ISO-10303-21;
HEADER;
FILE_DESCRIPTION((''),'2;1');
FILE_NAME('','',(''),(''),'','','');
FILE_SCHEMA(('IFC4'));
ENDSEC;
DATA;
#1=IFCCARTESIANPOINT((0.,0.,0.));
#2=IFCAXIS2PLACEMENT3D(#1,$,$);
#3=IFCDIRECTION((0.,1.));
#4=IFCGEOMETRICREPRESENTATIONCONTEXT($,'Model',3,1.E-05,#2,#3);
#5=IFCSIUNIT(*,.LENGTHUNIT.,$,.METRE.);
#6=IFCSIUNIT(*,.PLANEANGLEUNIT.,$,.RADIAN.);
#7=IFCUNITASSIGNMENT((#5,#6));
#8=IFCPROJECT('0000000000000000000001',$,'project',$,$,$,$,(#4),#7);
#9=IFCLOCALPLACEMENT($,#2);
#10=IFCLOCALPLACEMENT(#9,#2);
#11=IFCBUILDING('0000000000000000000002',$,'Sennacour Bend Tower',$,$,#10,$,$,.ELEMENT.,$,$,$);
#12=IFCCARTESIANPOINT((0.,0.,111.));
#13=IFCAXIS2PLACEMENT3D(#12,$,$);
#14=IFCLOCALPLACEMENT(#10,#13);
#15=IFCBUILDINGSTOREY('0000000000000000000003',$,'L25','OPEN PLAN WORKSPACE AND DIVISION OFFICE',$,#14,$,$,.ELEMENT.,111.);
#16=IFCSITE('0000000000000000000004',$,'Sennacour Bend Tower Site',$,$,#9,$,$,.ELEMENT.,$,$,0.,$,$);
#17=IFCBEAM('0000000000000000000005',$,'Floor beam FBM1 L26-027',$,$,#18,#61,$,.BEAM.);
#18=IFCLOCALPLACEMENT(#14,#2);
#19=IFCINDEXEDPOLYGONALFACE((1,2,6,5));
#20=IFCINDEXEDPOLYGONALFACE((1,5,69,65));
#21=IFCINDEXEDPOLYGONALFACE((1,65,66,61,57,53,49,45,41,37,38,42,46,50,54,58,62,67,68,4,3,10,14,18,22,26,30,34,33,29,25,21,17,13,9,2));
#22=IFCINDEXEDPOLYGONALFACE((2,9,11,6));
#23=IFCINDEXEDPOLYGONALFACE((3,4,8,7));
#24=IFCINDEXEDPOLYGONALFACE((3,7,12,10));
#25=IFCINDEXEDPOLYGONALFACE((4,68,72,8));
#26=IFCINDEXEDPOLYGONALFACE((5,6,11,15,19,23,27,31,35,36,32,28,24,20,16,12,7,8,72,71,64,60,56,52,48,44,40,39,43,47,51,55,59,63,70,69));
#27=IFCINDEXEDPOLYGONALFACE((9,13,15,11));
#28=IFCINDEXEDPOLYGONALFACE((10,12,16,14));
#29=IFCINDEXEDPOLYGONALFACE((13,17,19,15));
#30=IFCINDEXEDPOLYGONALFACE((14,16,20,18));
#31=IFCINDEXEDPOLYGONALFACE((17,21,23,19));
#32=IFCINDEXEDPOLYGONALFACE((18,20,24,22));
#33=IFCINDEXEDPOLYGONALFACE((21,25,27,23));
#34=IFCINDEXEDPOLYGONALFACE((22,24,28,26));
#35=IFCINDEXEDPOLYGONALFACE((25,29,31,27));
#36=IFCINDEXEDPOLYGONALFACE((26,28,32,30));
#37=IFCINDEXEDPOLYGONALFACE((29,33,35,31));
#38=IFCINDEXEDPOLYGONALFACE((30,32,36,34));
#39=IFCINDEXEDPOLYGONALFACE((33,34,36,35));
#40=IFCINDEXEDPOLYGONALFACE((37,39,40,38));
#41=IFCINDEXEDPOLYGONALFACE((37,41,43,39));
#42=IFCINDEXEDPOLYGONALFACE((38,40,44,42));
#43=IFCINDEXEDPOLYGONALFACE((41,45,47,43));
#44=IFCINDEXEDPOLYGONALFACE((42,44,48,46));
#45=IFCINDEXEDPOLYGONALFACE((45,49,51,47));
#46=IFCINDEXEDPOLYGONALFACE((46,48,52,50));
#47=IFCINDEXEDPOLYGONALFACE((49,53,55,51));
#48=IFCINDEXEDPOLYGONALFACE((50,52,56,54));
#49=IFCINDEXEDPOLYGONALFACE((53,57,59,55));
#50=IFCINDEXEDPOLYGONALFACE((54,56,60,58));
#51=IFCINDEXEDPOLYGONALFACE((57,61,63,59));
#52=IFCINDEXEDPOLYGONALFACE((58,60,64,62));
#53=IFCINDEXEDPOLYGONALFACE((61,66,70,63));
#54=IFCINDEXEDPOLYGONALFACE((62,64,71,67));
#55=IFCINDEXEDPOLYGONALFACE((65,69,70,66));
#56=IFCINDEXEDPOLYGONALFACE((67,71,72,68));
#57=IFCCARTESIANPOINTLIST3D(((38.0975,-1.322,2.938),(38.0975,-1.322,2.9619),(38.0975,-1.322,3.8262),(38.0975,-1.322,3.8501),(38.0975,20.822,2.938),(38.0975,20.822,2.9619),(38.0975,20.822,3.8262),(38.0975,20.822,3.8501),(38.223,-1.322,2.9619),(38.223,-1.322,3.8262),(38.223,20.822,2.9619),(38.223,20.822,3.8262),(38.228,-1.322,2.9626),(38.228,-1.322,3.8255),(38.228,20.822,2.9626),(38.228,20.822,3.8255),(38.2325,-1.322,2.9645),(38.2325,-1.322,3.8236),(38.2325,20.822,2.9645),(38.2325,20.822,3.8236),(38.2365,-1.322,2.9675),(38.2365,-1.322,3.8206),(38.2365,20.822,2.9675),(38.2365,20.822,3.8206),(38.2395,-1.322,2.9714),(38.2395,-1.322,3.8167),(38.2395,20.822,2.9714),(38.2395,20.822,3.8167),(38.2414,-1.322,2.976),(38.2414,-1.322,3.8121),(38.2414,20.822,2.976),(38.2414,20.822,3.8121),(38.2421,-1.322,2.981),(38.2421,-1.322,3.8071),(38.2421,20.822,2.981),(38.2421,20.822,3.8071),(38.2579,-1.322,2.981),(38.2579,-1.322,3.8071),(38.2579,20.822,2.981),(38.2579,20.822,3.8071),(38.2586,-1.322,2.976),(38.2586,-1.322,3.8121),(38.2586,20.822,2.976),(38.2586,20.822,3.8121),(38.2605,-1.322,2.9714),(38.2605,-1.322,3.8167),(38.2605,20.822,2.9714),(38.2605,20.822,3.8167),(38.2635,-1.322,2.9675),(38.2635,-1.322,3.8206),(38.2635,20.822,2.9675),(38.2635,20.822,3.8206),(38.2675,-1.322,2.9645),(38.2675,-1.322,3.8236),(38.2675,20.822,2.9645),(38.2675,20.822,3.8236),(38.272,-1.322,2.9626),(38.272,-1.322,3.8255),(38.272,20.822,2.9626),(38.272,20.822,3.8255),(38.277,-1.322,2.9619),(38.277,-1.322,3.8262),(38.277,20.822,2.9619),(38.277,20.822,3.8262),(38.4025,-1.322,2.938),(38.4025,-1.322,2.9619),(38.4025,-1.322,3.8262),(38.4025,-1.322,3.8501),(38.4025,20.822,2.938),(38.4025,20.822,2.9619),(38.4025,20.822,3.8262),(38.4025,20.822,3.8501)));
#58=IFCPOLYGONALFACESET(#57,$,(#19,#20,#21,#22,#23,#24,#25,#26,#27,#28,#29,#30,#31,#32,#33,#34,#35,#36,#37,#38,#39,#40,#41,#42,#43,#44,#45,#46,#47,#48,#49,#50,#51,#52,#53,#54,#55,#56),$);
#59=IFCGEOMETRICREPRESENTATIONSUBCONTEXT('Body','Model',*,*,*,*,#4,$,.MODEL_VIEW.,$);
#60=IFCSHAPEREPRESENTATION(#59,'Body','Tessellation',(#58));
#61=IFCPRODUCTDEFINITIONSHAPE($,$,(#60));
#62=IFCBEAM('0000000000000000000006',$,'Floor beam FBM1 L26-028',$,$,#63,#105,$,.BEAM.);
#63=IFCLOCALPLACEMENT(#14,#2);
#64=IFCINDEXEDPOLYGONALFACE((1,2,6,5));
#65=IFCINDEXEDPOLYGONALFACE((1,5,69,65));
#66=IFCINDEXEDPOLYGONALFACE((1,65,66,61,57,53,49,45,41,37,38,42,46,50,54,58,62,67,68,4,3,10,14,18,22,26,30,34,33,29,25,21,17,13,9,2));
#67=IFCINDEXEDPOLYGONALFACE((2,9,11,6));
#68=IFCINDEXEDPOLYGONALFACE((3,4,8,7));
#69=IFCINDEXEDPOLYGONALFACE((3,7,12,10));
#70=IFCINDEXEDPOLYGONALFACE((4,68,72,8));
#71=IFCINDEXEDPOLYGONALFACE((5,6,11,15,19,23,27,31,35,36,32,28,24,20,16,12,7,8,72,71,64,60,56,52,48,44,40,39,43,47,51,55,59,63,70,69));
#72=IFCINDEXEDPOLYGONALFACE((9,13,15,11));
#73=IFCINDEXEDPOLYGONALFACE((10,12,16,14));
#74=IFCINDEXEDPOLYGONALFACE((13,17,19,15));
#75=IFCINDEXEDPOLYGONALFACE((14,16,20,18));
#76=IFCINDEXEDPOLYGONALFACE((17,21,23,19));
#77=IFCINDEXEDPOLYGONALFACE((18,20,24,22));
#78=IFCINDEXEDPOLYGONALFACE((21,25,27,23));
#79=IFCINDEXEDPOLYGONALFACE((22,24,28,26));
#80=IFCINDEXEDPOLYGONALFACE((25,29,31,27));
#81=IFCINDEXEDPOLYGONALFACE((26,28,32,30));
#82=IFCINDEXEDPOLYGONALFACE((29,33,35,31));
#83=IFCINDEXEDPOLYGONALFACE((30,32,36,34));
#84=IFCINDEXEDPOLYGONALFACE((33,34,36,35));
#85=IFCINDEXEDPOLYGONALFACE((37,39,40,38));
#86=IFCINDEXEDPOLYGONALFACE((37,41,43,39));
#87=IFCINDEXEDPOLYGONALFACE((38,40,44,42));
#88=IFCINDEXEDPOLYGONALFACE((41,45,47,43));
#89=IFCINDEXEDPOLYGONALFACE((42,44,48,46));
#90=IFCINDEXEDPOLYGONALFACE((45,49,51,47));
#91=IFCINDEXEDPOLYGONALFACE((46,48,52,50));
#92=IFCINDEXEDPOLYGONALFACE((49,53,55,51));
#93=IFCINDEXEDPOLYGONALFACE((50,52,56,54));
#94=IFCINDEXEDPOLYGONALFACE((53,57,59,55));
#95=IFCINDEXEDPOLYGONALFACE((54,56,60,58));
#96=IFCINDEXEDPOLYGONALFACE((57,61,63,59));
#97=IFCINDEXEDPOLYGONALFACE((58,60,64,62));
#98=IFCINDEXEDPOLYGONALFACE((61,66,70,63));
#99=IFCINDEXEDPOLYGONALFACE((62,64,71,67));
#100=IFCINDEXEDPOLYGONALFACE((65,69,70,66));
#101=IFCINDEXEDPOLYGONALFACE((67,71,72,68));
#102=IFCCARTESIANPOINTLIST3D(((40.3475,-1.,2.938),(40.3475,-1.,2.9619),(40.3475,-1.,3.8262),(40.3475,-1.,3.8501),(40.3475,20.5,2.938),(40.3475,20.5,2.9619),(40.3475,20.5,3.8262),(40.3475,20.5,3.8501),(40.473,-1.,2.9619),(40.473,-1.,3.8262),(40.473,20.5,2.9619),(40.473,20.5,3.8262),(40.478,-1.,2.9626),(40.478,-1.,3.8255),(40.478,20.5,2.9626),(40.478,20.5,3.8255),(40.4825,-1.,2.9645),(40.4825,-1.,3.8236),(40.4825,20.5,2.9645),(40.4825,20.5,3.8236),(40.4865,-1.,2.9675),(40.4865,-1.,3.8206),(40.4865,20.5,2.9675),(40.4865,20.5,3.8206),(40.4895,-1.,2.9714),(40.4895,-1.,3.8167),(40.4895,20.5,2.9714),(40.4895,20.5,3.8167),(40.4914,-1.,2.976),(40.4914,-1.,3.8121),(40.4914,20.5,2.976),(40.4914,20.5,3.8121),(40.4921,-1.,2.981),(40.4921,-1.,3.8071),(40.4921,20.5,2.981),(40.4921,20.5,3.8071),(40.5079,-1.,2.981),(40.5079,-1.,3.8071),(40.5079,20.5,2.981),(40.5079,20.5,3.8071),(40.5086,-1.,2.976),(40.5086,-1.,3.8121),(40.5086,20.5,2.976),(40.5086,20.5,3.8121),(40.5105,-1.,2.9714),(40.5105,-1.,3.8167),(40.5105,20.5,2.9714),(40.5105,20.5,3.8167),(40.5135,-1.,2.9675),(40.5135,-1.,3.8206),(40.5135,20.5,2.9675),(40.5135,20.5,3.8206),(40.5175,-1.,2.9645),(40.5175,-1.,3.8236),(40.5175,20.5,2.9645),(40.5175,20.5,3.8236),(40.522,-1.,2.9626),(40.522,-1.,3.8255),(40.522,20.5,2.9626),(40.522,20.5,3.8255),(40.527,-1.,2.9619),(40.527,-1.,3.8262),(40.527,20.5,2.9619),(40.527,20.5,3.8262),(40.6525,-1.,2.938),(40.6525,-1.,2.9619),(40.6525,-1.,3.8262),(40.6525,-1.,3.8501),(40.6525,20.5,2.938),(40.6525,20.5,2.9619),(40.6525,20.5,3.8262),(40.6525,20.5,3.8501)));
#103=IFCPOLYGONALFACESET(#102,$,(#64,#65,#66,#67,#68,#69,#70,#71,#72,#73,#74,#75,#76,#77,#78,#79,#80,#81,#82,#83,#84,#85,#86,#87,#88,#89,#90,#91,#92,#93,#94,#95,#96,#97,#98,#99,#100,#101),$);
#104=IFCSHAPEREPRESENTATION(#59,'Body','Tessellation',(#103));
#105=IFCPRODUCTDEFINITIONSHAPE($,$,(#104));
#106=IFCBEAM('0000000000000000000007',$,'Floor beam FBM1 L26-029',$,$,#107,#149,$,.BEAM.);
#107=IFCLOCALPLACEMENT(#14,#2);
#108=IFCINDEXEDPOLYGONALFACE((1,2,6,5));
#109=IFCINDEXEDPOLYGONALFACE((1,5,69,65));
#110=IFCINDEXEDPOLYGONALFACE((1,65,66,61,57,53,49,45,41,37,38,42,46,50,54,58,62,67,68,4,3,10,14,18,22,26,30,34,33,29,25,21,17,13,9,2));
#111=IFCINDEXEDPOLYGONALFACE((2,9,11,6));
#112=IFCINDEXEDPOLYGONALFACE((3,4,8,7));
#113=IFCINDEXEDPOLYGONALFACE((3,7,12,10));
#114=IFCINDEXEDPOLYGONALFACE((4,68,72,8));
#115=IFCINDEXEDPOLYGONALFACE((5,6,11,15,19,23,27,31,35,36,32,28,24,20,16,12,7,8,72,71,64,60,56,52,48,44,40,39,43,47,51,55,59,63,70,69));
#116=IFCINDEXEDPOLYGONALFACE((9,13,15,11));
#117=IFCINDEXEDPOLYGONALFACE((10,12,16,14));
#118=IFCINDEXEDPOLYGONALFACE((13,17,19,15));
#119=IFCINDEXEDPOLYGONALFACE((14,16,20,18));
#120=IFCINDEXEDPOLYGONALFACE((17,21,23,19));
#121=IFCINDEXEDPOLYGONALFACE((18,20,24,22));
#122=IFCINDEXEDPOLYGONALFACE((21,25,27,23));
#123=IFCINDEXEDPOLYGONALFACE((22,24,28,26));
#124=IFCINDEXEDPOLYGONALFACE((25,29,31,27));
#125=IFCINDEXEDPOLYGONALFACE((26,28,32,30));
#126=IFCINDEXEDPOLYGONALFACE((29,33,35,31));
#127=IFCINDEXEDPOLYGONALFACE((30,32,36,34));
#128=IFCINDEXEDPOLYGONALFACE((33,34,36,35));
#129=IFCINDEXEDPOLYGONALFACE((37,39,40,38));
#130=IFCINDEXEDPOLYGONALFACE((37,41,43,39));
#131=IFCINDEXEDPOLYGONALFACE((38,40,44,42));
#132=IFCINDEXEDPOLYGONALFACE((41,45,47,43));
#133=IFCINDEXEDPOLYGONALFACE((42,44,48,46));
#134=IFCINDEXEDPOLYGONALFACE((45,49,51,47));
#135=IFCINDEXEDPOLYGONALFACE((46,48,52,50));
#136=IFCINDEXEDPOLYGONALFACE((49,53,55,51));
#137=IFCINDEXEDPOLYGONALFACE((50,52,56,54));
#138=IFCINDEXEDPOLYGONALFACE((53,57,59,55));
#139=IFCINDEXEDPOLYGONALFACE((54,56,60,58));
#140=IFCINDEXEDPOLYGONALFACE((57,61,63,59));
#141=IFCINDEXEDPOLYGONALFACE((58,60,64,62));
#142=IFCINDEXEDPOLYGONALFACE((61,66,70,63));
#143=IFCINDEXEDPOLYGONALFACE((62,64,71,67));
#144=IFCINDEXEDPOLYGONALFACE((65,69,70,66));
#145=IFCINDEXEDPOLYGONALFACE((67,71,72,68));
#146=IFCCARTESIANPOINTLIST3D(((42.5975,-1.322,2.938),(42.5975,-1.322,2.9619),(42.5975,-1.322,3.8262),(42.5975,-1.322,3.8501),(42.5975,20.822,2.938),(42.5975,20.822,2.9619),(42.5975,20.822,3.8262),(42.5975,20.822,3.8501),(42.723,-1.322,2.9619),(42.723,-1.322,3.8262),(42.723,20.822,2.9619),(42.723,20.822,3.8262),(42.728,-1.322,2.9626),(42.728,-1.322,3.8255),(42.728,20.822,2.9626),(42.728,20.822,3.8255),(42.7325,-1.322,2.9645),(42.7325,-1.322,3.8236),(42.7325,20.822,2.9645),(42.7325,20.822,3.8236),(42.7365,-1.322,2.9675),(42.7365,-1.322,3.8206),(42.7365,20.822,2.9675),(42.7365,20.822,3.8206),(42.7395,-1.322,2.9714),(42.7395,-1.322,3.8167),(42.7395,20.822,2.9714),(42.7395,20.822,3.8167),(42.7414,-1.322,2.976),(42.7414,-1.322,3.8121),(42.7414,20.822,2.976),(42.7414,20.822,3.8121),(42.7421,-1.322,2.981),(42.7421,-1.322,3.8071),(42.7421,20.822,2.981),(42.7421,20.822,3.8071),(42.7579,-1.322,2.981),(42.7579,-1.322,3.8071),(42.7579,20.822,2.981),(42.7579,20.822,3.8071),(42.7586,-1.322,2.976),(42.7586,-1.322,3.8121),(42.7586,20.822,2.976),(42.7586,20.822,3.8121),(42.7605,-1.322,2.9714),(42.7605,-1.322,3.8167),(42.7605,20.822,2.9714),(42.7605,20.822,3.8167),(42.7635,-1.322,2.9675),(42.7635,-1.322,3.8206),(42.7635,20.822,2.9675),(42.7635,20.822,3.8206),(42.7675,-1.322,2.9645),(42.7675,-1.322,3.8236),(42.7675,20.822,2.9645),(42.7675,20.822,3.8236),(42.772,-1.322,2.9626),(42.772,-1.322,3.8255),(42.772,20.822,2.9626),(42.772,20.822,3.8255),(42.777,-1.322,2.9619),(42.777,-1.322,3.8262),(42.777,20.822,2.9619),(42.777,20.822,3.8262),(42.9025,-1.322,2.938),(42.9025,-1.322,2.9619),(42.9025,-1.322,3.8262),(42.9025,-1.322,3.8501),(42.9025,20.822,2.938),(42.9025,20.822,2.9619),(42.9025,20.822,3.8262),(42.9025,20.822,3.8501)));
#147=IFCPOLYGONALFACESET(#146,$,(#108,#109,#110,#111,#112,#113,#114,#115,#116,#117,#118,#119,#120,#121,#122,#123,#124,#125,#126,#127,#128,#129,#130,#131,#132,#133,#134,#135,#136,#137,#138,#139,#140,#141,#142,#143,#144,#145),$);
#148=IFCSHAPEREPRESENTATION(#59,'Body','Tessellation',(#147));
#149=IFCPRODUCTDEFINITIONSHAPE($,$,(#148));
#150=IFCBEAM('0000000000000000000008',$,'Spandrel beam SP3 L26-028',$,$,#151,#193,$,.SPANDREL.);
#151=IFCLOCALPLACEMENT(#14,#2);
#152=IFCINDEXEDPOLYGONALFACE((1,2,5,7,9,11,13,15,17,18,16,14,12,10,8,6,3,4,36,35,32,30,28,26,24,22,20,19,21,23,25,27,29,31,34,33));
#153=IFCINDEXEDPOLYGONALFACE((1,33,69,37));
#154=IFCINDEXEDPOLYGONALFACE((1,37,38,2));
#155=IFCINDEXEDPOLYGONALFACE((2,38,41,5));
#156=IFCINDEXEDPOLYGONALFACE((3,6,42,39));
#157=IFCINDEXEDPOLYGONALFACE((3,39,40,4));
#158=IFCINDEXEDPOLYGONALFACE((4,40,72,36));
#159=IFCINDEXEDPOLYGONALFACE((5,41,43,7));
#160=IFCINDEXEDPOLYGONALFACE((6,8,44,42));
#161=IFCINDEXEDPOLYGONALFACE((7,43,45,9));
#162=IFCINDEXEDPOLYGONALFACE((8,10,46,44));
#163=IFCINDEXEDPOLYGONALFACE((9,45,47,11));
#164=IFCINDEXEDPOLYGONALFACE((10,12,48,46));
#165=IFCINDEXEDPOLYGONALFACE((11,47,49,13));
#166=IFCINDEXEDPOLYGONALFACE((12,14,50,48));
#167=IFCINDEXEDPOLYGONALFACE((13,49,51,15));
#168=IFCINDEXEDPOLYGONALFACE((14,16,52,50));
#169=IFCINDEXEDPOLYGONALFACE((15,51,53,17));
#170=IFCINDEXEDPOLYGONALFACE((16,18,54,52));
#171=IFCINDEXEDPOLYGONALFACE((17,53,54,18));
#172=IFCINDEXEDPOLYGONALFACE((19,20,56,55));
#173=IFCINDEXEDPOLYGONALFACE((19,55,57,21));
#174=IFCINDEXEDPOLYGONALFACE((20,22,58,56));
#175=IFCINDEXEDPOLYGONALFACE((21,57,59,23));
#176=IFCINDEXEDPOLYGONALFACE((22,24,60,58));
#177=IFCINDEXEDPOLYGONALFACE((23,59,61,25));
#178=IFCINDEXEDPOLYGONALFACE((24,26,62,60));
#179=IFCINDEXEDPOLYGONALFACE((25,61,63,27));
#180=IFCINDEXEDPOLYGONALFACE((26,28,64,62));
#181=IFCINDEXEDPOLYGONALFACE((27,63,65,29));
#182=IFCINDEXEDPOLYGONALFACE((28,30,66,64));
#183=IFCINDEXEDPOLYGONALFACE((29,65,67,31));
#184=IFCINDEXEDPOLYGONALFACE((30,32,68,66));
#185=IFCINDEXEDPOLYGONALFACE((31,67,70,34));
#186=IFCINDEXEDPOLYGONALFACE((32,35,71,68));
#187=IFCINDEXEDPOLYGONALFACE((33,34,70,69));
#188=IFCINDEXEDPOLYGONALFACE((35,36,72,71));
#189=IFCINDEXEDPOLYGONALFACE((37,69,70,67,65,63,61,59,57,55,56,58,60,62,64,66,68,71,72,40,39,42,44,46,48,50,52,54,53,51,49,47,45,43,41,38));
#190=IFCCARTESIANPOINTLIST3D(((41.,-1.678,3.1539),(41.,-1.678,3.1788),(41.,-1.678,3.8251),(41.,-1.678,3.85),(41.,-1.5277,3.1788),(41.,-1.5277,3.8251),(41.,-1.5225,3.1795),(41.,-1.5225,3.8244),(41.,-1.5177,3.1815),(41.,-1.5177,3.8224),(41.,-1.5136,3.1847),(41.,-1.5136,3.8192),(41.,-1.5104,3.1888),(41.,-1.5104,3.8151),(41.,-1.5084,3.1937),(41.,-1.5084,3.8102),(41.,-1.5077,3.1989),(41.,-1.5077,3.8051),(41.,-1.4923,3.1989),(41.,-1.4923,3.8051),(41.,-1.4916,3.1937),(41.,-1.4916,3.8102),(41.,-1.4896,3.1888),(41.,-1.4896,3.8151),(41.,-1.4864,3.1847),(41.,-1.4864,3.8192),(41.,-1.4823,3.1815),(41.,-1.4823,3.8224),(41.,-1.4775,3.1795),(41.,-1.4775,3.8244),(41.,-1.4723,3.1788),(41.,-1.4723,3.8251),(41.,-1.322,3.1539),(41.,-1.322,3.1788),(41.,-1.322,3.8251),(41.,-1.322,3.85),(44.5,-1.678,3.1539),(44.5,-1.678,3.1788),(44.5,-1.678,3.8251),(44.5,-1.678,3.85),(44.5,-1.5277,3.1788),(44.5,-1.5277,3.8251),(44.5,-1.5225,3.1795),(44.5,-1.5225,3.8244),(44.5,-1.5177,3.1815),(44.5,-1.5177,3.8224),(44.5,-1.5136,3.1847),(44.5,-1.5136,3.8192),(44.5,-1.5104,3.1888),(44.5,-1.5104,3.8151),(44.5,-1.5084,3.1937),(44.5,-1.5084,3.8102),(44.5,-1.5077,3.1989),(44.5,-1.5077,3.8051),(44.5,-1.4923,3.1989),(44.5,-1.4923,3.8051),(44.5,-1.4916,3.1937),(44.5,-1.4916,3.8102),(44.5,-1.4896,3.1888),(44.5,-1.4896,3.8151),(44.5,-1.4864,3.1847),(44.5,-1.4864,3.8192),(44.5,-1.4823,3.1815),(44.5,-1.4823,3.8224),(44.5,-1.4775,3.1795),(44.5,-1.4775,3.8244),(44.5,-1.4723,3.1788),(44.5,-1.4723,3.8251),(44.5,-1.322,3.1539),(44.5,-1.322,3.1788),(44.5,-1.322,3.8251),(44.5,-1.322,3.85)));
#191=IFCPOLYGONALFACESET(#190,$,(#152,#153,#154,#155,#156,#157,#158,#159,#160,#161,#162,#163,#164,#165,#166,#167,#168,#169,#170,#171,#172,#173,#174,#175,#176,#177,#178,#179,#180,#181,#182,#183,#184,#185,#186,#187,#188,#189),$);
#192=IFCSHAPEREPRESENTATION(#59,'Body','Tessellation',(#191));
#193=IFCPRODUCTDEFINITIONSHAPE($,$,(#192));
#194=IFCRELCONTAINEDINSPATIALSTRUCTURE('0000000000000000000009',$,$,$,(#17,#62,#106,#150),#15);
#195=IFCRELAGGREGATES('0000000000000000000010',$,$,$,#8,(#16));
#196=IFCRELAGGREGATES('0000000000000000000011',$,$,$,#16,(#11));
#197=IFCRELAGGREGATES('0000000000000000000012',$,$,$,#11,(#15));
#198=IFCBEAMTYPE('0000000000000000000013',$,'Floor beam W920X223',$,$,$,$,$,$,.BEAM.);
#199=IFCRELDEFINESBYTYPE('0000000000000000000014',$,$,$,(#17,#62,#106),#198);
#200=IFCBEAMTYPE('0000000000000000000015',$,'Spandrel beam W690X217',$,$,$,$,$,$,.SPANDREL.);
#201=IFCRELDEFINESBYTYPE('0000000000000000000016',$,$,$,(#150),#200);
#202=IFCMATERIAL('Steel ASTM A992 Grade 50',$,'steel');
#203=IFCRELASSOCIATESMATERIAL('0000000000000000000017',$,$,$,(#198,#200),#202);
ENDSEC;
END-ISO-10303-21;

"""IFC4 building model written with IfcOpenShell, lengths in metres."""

from ifc_helpers import new_model, si_unit, direction, frame, origin, origin_2d, place, context, subcontext, project, spatial, i_section, extrude, material, material_profile, profile_set, type_object, element, save


model = new_model("IFC4")

# Units and contexts
model_context = context("Model", 3, precision=1e-05, world=origin(), true_north=direction((0.0, 1.0)))
body_context = subcontext(model_context, "Body", "Model", "MODEL_VIEW")
ifc_project = project(units=[si_unit("LENGTHUNIT", "METRE"), si_unit("PLANEANGLEUNIT", "RADIAN")], contexts=[model_context])

# Site, building, storey
site_placement = place(None, origin())
site = spatial("IfcSite", under=ifc_project, at=site_placement, Name="Sennacour Bend Tower Site", CompositionType="ELEMENT", RefElevation=0.0)
building_placement = place(site_placement, origin())
building = spatial("IfcBuilding", under=site, at=building_placement, Name="Sennacour Bend Tower", CompositionType="ELEMENT")
storey_placement = place(building_placement, frame((0.0, 0.0, 111.0)))
storey = spatial("IfcBuildingStorey", under=building, at=storey_placement, Name="L25", Description="OPEN PLAN WORKSPACE AND DIVISION OFFICE", CompositionType="ELEMENT", Elevation=111.0)

# Beams
ifc_material_1 = material(Name="Steel ASTM A992 Grade 50", Category="steel")
ifc_material_profile_1 = material_profile(ifc_material_1, i_section(OverallWidth=0.3049, OverallDepth=0.9121, WebThickness=0.0159, FlangeThickness=0.0239, FilletRadius=0.019, at=origin_2d()), Name="Steel ASTM A992 Grade 50", Category="steel")
ifc_profile_set_1 = profile_set([ifc_material_profile_1], Name="Steel ASTM A992 Grade 50")
beam_type_1 = type_object("IfcBeamType", Name="Floor beam W920X223", PredefinedType="BEAM", material=ifc_profile_set_1)
beam_1_placement = place(storey_placement, frame((38.25, -1.322, 3.394), z_axis=(0.0, 1.0, 0.0), x_axis=(-1.0, 0.0, 0.0)))
element("IfcBeam", 1, at=beam_1_placement, inside=storey, type_object=beam_type_1, Name="Floor beam FBM1 L26-027", PredefinedType="BEAM", context=body_context, shape_type="SweptSolid", body=[
    extrude(i_section(OverallWidth=0.3049, OverallDepth=0.9121, WebThickness=0.0159, FlangeThickness=0.0239, FilletRadius=0.019, at=origin_2d()), origin(), (0.0, 0.0, 1.0), 22.144),
])
beam_2_placement = place(storey_placement, frame((40.5, -1.0, 3.394), z_axis=(0.0, 1.0, 0.0), x_axis=(-1.0, 0.0, 0.0)))
element("IfcBeam", 2, at=beam_2_placement, inside=storey, type_object=beam_type_1, Name="Floor beam FBM1 L26-028", PredefinedType="BEAM", context=body_context, shape_type="SweptSolid", body=[
    extrude(i_section(OverallWidth=0.3049, OverallDepth=0.9121, WebThickness=0.0159, FlangeThickness=0.0239, FilletRadius=0.019, at=origin_2d()), origin(), (0.0, 0.0, 1.0), 21.5),
])
beam_3_placement = place(storey_placement, frame((42.75, -1.322, 3.394), z_axis=(0.0, 1.0, 0.0), x_axis=(-1.0, 0.0, 0.0)))
element("IfcBeam", 3, at=beam_3_placement, inside=storey, type_object=beam_type_1, Name="Floor beam FBM1 L26-029", PredefinedType="BEAM", context=body_context, shape_type="SweptSolid", body=[
    extrude(i_section(OverallWidth=0.3049, OverallDepth=0.9121, WebThickness=0.0159, FlangeThickness=0.0239, FilletRadius=0.019, at=origin_2d()), origin(), (0.0, 0.0, 1.0), 22.144),
])
ifc_material_profile_2 = material_profile(ifc_material_1, i_section(OverallWidth=0.356, OverallDepth=0.696, WebThickness=0.0154, FlangeThickness=0.0249, FilletRadius=0.02, at=origin_2d()), Name="Steel ASTM A992 Grade 50", Category="steel")
ifc_profile_set_2 = profile_set([ifc_material_profile_2], Name="Steel ASTM A992 Grade 50")
beam_type_2 = type_object("IfcBeamType", Name="Spandrel beam W690X217", PredefinedType="SPANDREL", material=ifc_profile_set_2)
for number, where, z_axis, x_axis, name in (
    (4, (44.5, -1.5, 3.502), (-1.0, 0.0, 0.0), (0.0, -1.0, 0.0), "Spandrel beam SP3 L26-028"),
):
    element("IfcBeam", number, at=place(storey_placement, frame(where, z_axis=z_axis, x_axis=x_axis)), inside=storey, type_object=beam_type_2, Name=name, PredefinedType="SPANDREL", context=body_context, shape_type="SweptSolid", body=[
        extrude(i_section(OverallWidth=0.356, OverallDepth=0.696, WebThickness=0.0154, FlangeThickness=0.0249, FilletRadius=0.02, at=origin_2d()), origin(), (0.0, 0.0, 1.0), 3.5),
    ])

save(model, "model.ifc")
